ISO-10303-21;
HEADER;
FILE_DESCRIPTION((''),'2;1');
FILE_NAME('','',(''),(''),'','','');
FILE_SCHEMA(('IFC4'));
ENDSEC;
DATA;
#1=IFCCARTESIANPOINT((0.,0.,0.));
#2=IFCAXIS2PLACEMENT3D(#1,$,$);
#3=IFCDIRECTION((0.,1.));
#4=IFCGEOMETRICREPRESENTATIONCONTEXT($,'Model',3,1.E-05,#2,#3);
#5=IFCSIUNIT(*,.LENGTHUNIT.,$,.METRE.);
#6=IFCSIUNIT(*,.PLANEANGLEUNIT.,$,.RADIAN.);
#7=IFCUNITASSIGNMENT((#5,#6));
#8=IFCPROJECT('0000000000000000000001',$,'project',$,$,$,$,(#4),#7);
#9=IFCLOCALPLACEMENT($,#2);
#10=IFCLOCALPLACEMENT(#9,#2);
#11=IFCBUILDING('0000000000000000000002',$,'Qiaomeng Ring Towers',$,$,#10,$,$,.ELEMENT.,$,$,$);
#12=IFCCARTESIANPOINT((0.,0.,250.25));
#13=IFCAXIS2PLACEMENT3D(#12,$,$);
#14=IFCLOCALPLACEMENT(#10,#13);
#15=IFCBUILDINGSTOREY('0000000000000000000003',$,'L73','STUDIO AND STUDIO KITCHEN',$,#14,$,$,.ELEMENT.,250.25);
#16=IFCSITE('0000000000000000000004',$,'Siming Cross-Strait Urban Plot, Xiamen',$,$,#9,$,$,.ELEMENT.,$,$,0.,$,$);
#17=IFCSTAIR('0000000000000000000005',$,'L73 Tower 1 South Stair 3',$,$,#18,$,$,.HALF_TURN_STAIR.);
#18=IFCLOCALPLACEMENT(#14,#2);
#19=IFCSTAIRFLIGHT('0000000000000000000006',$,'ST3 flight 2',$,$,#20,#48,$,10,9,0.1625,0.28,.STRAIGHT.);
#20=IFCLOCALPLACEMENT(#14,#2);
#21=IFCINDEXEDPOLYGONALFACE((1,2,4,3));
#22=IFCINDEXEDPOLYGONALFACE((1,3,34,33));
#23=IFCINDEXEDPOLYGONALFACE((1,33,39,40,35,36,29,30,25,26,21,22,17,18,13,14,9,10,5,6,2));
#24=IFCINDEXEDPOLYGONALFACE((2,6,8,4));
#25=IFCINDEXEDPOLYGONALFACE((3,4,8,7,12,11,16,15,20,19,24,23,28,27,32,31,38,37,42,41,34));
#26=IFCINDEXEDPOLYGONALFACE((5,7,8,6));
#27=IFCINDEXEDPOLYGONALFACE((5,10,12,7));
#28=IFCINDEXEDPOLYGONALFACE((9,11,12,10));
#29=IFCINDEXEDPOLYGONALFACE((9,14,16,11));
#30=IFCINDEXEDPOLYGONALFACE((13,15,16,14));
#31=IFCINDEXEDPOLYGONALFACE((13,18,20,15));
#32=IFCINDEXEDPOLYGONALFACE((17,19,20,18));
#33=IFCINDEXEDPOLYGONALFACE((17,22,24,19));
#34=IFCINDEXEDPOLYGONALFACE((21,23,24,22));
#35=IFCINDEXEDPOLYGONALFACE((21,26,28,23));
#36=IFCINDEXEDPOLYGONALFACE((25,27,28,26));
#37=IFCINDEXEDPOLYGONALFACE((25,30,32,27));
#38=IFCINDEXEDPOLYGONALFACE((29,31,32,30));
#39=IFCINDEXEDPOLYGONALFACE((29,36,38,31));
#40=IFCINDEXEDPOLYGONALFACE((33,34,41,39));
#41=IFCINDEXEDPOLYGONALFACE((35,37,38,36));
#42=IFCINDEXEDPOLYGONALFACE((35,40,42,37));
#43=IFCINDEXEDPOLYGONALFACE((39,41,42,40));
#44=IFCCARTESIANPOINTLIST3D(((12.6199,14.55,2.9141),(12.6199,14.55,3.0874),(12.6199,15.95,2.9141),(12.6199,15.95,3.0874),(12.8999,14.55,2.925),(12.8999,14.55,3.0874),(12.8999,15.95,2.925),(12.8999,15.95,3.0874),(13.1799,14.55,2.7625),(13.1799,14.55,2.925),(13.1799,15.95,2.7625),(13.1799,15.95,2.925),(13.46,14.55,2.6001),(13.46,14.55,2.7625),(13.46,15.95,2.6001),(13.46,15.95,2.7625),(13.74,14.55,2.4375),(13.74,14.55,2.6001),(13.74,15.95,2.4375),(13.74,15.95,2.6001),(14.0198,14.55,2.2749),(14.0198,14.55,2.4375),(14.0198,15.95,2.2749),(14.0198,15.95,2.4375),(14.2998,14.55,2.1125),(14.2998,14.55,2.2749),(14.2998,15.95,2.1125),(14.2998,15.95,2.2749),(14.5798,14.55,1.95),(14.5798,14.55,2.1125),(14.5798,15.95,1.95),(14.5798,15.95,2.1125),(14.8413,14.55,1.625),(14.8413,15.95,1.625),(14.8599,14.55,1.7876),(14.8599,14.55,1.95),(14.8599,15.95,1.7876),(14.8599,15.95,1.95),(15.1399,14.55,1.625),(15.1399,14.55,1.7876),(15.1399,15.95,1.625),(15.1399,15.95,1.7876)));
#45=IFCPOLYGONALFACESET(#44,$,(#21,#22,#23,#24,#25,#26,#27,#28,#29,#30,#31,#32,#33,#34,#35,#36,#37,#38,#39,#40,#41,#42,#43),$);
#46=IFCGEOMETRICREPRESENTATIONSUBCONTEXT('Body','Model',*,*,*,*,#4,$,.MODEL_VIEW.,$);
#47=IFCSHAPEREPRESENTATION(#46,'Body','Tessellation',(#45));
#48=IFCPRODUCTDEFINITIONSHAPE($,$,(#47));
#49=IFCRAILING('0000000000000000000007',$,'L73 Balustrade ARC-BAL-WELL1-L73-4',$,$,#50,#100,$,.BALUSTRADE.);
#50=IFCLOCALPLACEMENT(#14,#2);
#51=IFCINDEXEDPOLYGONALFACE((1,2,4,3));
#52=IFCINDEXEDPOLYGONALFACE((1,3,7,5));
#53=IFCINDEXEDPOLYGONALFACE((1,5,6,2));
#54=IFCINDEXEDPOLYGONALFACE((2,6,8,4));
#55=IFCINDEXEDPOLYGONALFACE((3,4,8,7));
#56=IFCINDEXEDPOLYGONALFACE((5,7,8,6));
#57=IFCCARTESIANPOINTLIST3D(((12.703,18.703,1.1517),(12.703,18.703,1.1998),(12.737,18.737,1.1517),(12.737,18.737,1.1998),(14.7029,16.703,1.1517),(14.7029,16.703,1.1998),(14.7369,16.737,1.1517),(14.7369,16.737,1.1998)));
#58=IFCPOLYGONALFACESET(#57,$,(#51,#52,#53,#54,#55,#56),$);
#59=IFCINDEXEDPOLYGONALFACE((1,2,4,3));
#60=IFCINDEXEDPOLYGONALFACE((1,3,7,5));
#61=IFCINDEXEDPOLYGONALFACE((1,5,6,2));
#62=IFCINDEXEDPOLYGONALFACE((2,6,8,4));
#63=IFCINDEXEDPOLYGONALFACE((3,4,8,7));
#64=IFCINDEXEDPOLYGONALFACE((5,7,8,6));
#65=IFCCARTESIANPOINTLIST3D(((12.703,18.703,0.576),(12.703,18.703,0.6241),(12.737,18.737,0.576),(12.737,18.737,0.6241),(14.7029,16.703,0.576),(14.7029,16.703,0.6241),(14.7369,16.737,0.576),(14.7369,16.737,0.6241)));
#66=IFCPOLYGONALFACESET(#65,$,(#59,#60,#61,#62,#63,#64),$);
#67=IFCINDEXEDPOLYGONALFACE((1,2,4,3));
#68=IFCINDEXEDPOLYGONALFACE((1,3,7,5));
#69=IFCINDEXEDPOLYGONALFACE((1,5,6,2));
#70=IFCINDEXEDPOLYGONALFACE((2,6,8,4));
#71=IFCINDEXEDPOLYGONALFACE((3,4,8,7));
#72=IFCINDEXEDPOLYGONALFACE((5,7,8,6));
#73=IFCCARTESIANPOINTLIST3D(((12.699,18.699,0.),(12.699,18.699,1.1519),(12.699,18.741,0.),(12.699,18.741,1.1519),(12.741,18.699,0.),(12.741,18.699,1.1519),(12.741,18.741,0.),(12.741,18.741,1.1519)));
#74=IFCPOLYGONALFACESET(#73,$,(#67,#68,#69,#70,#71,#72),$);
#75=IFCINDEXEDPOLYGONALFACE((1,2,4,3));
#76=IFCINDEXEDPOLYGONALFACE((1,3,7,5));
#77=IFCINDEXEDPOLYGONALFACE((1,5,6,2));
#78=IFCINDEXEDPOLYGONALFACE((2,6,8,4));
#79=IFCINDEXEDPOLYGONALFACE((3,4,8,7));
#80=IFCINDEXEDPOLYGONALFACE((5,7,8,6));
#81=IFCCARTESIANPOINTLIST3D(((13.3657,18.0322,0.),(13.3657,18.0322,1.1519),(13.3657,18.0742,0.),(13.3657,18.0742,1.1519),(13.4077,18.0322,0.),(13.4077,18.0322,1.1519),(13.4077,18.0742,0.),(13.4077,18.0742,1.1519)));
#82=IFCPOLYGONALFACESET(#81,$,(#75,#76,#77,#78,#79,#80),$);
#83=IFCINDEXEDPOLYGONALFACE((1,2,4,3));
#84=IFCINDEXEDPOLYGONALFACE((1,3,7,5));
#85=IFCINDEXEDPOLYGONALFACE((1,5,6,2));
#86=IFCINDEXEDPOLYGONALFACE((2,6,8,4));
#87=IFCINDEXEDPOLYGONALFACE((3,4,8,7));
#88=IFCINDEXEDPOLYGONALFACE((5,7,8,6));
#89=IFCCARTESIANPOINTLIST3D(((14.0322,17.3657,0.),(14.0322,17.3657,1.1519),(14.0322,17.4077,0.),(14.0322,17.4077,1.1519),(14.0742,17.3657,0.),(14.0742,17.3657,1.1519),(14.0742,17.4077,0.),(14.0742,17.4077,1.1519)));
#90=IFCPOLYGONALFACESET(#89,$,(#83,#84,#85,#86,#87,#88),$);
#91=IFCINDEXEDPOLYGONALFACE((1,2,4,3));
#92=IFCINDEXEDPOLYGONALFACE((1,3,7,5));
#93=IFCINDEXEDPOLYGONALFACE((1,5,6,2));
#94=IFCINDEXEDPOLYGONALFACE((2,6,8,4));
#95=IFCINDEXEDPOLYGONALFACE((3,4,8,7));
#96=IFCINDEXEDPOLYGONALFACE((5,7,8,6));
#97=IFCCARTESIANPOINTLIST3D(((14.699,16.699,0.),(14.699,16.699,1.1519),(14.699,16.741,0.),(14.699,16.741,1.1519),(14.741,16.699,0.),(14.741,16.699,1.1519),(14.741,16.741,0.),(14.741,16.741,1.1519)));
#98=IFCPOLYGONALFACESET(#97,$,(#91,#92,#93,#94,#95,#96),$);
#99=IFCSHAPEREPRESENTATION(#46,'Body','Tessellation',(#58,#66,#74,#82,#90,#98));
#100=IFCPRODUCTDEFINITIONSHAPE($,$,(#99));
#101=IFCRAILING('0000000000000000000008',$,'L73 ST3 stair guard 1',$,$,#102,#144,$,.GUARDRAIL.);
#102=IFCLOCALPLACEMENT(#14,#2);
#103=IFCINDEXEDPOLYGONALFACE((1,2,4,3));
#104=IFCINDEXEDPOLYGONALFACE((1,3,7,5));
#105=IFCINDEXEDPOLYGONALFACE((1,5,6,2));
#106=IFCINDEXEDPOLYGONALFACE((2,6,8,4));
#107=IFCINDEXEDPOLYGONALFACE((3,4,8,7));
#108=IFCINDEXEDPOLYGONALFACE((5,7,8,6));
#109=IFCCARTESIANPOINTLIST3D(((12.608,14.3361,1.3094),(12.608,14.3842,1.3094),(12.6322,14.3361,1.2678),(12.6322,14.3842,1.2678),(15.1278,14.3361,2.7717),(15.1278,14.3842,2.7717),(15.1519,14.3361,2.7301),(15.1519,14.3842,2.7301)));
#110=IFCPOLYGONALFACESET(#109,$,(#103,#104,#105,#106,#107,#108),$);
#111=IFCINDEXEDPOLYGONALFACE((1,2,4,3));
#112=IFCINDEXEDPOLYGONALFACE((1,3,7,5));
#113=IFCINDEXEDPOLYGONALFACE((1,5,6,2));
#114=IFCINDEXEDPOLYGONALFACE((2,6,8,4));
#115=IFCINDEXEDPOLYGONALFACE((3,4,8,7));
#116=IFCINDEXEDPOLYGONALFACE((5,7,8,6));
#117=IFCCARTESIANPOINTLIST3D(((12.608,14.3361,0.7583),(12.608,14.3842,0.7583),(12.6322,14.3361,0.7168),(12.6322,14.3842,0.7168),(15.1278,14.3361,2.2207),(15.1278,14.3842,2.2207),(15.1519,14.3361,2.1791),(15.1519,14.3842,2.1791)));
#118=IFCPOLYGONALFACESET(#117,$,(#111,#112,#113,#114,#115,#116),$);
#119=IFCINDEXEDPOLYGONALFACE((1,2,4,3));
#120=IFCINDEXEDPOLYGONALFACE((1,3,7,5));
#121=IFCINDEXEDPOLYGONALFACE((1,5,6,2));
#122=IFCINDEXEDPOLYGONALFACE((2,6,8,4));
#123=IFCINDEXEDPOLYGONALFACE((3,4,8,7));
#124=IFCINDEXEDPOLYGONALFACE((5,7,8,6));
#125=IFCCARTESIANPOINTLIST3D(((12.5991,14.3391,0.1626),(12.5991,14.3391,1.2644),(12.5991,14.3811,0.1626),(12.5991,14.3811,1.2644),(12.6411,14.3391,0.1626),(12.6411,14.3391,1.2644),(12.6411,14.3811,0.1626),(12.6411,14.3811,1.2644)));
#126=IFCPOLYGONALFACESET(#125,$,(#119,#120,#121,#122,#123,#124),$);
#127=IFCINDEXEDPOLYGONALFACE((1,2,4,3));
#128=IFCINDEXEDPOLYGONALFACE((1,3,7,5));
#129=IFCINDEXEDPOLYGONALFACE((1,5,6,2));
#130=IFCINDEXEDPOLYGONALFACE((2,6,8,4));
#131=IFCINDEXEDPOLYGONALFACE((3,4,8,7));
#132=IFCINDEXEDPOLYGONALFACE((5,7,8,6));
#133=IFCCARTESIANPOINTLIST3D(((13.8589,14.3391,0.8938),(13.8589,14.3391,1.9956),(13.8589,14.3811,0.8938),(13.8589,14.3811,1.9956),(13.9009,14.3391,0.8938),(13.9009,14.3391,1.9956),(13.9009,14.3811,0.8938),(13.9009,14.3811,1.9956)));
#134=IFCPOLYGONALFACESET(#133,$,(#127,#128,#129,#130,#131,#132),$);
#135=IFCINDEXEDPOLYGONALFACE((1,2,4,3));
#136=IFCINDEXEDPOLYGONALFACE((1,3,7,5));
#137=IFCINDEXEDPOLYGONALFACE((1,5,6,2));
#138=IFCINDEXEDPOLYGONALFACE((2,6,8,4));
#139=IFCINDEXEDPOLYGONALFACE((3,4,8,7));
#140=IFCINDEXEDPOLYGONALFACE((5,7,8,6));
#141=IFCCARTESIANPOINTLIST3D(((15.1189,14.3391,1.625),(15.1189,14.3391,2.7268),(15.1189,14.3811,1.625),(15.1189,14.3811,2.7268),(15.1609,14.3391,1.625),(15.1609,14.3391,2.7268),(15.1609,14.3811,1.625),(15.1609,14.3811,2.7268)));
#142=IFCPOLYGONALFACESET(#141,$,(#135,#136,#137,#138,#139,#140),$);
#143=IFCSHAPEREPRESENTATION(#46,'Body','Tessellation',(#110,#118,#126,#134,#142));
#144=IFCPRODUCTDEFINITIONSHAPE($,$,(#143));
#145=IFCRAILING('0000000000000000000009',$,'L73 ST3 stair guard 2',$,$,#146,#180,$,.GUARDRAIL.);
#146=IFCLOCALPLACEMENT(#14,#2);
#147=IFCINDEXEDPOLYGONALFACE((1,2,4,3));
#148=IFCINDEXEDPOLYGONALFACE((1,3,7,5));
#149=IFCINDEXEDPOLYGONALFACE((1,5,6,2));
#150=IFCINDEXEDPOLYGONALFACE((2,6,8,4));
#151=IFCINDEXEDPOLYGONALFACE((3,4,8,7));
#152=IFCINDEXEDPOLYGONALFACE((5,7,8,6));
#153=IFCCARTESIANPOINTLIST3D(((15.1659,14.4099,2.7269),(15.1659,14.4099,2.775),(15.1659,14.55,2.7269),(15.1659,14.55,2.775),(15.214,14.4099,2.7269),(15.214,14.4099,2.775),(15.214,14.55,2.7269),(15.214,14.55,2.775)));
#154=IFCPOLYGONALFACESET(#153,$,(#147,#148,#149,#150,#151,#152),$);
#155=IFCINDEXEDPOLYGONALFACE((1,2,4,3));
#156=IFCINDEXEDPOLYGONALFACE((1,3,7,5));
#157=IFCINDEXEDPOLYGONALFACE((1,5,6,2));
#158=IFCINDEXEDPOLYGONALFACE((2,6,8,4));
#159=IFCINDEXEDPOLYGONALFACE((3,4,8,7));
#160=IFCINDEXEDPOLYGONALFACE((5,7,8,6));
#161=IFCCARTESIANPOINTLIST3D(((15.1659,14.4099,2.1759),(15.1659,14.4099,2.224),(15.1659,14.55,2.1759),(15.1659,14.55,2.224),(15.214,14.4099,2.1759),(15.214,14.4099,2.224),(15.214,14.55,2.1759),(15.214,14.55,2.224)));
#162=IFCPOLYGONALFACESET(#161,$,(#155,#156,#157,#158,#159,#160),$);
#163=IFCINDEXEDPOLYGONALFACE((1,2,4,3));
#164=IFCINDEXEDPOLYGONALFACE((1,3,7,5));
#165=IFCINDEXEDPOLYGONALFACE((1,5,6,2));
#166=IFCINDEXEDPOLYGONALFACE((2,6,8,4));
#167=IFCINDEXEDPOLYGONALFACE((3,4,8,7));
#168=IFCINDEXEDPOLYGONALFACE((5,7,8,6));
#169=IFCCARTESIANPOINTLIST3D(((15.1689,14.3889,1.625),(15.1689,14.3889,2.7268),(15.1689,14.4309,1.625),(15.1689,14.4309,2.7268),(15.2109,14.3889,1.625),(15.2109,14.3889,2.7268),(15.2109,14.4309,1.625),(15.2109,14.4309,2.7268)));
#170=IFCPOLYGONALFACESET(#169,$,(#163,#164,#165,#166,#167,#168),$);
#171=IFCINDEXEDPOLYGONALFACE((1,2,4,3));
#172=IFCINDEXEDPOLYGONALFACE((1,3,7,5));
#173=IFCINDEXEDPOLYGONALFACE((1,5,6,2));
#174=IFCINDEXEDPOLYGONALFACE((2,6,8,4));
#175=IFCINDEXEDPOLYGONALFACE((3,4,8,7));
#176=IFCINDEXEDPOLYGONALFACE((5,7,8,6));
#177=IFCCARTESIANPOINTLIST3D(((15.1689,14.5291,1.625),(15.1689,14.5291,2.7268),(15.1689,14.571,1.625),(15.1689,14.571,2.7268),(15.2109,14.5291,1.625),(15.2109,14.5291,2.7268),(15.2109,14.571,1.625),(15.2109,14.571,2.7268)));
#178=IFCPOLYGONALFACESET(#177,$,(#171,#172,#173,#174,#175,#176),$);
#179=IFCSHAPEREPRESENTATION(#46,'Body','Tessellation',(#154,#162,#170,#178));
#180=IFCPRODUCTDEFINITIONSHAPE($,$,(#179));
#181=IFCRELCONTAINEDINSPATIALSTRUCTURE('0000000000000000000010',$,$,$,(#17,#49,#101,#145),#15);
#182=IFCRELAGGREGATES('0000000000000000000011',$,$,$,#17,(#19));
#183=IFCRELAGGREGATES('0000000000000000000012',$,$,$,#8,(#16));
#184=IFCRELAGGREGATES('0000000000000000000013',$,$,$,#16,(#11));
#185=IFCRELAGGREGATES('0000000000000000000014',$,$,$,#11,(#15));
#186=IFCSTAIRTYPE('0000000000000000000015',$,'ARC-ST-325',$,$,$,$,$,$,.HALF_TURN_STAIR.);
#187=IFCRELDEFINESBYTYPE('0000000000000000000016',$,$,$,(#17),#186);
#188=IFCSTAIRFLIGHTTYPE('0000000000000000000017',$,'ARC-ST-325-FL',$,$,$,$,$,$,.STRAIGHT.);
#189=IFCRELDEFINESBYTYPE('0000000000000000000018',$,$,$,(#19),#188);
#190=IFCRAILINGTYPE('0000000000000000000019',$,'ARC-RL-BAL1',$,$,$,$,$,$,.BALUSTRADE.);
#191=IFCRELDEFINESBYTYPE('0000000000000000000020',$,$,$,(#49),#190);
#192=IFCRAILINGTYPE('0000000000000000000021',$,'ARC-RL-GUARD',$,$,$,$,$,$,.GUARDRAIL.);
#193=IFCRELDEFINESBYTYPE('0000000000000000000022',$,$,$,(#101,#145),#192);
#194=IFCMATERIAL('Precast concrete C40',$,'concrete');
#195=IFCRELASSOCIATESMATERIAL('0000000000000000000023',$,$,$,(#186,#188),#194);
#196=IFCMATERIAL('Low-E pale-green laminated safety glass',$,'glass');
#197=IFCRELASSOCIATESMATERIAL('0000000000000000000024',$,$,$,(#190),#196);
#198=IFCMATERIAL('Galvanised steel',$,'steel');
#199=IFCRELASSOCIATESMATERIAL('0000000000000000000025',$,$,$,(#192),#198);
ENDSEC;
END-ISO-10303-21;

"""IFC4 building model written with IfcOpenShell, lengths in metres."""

from ifc_helpers import new_model, si_unit, direction, frame, origin, origin_2d, place, context, subcontext, project, spatial, polyline, rectangle, outline, extrude, source, transform, mapped, material, type_object, element, aggregate, save


model = new_model("IFC4")

# Units and contexts
model_context = context("Model", 3, precision=1e-05, world=origin(), true_north=direction((0.0, 1.0)))
body_context = subcontext(model_context, "Body", "Model", "MODEL_VIEW")
ifc_project = project(units=[si_unit("LENGTHUNIT", "METRE"), si_unit("PLANEANGLEUNIT", "RADIAN")], contexts=[model_context])

# Site, building, storey
site_placement = place(None, origin())
site = spatial("IfcSite", under=ifc_project, at=site_placement, Name="Siming Cross-Strait Urban Plot, Xiamen", CompositionType="ELEMENT", RefElevation=0.0)
building_placement = place(site_placement, origin())
building = spatial("IfcBuilding", under=site, at=building_placement, Name="Qiaomeng Ring Towers", CompositionType="ELEMENT")
storey_placement = place(building_placement, frame((0.0, 0.0, 250.25)))
storey = spatial("IfcBuildingStorey", under=building, at=storey_placement, Name="L73", Description="STUDIO AND STUDIO KITCHEN", CompositionType="ELEMENT", Elevation=250.25)

# Stair, stair flight
ifc_material_1 = material(Name="Precast concrete C40", Category="concrete")
stair_type = type_object("IfcStairType", Name="ARC-ST-325", PredefinedType="HALF_TURN_STAIR", material=ifc_material_1)
stair_placement = place(storey_placement, origin())
stair = element("IfcStair", 1, at=stair_placement, inside=storey, type_object=stair_type, Name="L73 Tower 1 South Stair 3", PredefinedType="HALF_TURN_STAIR")
stair_flight_type = type_object("IfcStairFlightType", Name="ARC-ST-325-FL", PredefinedType="STRAIGHT", material=ifc_material_1)
shared_shape_1 = source(origin(), body_context, "Body", "SweptSolid", [
    extrude(outline(polyline([(0.0, 0.0), (0.0, 0.1626), (0.28, 0.1626), (0.28, 0.325), (0.5601, 0.325), (0.5601, 0.4875), (0.8401, 0.4875), (0.8401, 0.6499), (1.1201, 0.6499), (1.1201, 0.8125), (1.3999, 0.8125), (1.3999, 0.9751), (1.6799, 0.9751), (1.6799, 1.1375), (1.96, 1.1375), (1.96, 1.3), (2.24, 1.3), (2.24, 1.4624), (2.52, 1.4624), (2.52, 1.625), (2.52, 1.2891), (0.2986, 0.0), (0.0, 0.0)])), frame((0.0, 0.7, 0.0), z_axis=(0.0, -1.0, 0.0), x_axis=(1.0, 0.0, 0.0)), (0.0, 0.0, 1.0), 1.3999),
])
stair_flight_1_placement = place(storey_placement, frame((15.1399, 15.25, 1.625), z_axis=(0.0, 0.0, 1.0), x_axis=(-1.0, 0.0, 0.0)))
stair_flight_1 = element("IfcStairFlight", 2, at=stair_flight_1_placement, type_object=stair_flight_type, Name="ST3 flight 2", NumberOfRisers=10, NumberOfTreads=9, PredefinedType="STRAIGHT", RiserHeight=0.1625, TreadLength=0.28, context=body_context, shape_type="MappedRepresentation", body=[
    mapped(shared_shape_1, transform((0.0, 0.0, 0.0), x_axis=(1.0, 0.0, 0.0), y_axis=(0.0, 1.0, 0.0), z_axis=(0.0, 0.0, 1.0), scale=1.0)),
])
aggregate(stair, [stair_flight_1])

# Railings
ifc_material_2 = material(Name="Low-E pale-green laminated safety glass", Category="glass")
railing_type_1 = type_object("IfcRailingType", Name="ARC-RL-BAL1", PredefinedType="BALUSTRADE", material=ifc_material_2)
railing_1_placement = place(storey_placement, frame((12.72, 18.72, 0.0)))
element("IfcRailing", 3, at=railing_1_placement, inside=storey, type_object=railing_type_1, Name="L73 Balustrade ARC-BAL-WELL1-L73-4", PredefinedType="BALUSTRADE", context=body_context, shape_type="SweptSolid", body=[
    extrude(rectangle(XDim=0.0481, YDim=0.0481, at=origin_2d()), frame((0.0, 0.0, 1.1758), z_axis=(0.707107, -0.707107, 0.0), x_axis=(0.707107, 0.707107, 0.0)), (0.0, 0.0, 1.0), 2.8284),
    extrude(rectangle(XDim=0.0481, YDim=0.0481, at=origin_2d()), frame((0.0, 0.0, 0.6001), z_axis=(0.707107, -0.707107, 0.0), x_axis=(0.707107, 0.707107, 0.0)), (0.0, 0.0, 1.0), 2.8284),
    extrude(rectangle(XDim=0.042, YDim=0.042, at=origin_2d()), origin(), (0.0, 0.0, 1.0), 1.1519),
    extrude(rectangle(XDim=0.042, YDim=0.042, at=origin_2d()), frame((0.6667, -0.6667, 0.0)), (0.0, 0.0, 1.0), 1.1519),
    extrude(rectangle(XDim=0.042, YDim=0.042, at=origin_2d()), frame((1.3333, -1.3333, 0.0)), (0.0, 0.0, 1.0), 1.1519),
    extrude(rectangle(XDim=0.042, YDim=0.042, at=origin_2d()), frame((2.0, -2.0, 0.0)), (0.0, 0.0, 1.0), 1.1519),
])
ifc_material_3 = material(Name="Galvanised steel", Category="steel")
railing_type_2 = type_object("IfcRailingType", Name="ARC-RL-GUARD", PredefinedType="GUARDRAIL", material=ifc_material_3)
railing_2_placement = place(storey_placement, frame((12.6201, 14.3601, 0.1626)))
element("IfcRailing", 4, at=railing_2_placement, inside=storey, type_object=railing_type_2, Name="L73 ST3 stair guard 1", PredefinedType="GUARDRAIL", context=body_context, shape_type="SweptSolid", body=[
    extrude(rectangle(XDim=0.0481, YDim=0.0481, at=origin_2d()), frame((0.0, 0.0, 1.126), z_axis=(0.864892, 0.0, 0.501958), x_axis=(0.0, 1.0, 0.0)), (0.0, 0.0, 1.0), 2.9133),
    extrude(rectangle(XDim=0.0481, YDim=0.0481, at=origin_2d()), frame((0.0, 0.0, 0.575), z_axis=(0.864892, 0.0, 0.501958), x_axis=(0.0, 1.0, 0.0)), (0.0, 0.0, 1.0), 2.9133),
    extrude(rectangle(XDim=0.042, YDim=0.042, at=origin_2d()), origin(), (0.0, 0.0, 1.0), 1.1018),
    extrude(rectangle(XDim=0.042, YDim=0.042, at=origin_2d()), frame((1.2598, 0.0, 0.7312)), (0.0, 0.0, 1.0), 1.1018),
    extrude(rectangle(XDim=0.042, YDim=0.042, at=origin_2d()), frame((2.5198, 0.0, 1.4624)), (0.0, 0.0, 1.0), 1.1018),
])
railing_3_placement = place(storey_placement, frame((15.1899, 14.4099, 1.625)))
element("IfcRailing", 5, at=railing_3_placement, inside=storey, type_object=railing_type_2, Name="L73 ST3 stair guard 2", PredefinedType="GUARDRAIL", context=body_context, shape_type="SweptSolid", body=[
    extrude(rectangle(XDim=0.0481, YDim=0.0481, at=origin_2d()), frame((0.0, 0.0, 1.126), z_axis=(0.0, 1.0, 0.0), x_axis=(-1.0, 0.0, 0.0)), (0.0, 0.0, 1.0), 0.1401),
    extrude(rectangle(XDim=0.0481, YDim=0.0481, at=origin_2d()), frame((0.0, 0.0, 0.575), z_axis=(0.0, 1.0, 0.0), x_axis=(-1.0, 0.0, 0.0)), (0.0, 0.0, 1.0), 0.1401),
    extrude(rectangle(XDim=0.042, YDim=0.042, at=origin_2d()), origin(), (0.0, 0.0, 1.0), 1.1018),
    extrude(rectangle(XDim=0.042, YDim=0.042, at=origin_2d()), frame((0.0, 0.1401, 0.0)), (0.0, 0.0, 1.0), 1.1018),
])

save(model, "model.ifc")
